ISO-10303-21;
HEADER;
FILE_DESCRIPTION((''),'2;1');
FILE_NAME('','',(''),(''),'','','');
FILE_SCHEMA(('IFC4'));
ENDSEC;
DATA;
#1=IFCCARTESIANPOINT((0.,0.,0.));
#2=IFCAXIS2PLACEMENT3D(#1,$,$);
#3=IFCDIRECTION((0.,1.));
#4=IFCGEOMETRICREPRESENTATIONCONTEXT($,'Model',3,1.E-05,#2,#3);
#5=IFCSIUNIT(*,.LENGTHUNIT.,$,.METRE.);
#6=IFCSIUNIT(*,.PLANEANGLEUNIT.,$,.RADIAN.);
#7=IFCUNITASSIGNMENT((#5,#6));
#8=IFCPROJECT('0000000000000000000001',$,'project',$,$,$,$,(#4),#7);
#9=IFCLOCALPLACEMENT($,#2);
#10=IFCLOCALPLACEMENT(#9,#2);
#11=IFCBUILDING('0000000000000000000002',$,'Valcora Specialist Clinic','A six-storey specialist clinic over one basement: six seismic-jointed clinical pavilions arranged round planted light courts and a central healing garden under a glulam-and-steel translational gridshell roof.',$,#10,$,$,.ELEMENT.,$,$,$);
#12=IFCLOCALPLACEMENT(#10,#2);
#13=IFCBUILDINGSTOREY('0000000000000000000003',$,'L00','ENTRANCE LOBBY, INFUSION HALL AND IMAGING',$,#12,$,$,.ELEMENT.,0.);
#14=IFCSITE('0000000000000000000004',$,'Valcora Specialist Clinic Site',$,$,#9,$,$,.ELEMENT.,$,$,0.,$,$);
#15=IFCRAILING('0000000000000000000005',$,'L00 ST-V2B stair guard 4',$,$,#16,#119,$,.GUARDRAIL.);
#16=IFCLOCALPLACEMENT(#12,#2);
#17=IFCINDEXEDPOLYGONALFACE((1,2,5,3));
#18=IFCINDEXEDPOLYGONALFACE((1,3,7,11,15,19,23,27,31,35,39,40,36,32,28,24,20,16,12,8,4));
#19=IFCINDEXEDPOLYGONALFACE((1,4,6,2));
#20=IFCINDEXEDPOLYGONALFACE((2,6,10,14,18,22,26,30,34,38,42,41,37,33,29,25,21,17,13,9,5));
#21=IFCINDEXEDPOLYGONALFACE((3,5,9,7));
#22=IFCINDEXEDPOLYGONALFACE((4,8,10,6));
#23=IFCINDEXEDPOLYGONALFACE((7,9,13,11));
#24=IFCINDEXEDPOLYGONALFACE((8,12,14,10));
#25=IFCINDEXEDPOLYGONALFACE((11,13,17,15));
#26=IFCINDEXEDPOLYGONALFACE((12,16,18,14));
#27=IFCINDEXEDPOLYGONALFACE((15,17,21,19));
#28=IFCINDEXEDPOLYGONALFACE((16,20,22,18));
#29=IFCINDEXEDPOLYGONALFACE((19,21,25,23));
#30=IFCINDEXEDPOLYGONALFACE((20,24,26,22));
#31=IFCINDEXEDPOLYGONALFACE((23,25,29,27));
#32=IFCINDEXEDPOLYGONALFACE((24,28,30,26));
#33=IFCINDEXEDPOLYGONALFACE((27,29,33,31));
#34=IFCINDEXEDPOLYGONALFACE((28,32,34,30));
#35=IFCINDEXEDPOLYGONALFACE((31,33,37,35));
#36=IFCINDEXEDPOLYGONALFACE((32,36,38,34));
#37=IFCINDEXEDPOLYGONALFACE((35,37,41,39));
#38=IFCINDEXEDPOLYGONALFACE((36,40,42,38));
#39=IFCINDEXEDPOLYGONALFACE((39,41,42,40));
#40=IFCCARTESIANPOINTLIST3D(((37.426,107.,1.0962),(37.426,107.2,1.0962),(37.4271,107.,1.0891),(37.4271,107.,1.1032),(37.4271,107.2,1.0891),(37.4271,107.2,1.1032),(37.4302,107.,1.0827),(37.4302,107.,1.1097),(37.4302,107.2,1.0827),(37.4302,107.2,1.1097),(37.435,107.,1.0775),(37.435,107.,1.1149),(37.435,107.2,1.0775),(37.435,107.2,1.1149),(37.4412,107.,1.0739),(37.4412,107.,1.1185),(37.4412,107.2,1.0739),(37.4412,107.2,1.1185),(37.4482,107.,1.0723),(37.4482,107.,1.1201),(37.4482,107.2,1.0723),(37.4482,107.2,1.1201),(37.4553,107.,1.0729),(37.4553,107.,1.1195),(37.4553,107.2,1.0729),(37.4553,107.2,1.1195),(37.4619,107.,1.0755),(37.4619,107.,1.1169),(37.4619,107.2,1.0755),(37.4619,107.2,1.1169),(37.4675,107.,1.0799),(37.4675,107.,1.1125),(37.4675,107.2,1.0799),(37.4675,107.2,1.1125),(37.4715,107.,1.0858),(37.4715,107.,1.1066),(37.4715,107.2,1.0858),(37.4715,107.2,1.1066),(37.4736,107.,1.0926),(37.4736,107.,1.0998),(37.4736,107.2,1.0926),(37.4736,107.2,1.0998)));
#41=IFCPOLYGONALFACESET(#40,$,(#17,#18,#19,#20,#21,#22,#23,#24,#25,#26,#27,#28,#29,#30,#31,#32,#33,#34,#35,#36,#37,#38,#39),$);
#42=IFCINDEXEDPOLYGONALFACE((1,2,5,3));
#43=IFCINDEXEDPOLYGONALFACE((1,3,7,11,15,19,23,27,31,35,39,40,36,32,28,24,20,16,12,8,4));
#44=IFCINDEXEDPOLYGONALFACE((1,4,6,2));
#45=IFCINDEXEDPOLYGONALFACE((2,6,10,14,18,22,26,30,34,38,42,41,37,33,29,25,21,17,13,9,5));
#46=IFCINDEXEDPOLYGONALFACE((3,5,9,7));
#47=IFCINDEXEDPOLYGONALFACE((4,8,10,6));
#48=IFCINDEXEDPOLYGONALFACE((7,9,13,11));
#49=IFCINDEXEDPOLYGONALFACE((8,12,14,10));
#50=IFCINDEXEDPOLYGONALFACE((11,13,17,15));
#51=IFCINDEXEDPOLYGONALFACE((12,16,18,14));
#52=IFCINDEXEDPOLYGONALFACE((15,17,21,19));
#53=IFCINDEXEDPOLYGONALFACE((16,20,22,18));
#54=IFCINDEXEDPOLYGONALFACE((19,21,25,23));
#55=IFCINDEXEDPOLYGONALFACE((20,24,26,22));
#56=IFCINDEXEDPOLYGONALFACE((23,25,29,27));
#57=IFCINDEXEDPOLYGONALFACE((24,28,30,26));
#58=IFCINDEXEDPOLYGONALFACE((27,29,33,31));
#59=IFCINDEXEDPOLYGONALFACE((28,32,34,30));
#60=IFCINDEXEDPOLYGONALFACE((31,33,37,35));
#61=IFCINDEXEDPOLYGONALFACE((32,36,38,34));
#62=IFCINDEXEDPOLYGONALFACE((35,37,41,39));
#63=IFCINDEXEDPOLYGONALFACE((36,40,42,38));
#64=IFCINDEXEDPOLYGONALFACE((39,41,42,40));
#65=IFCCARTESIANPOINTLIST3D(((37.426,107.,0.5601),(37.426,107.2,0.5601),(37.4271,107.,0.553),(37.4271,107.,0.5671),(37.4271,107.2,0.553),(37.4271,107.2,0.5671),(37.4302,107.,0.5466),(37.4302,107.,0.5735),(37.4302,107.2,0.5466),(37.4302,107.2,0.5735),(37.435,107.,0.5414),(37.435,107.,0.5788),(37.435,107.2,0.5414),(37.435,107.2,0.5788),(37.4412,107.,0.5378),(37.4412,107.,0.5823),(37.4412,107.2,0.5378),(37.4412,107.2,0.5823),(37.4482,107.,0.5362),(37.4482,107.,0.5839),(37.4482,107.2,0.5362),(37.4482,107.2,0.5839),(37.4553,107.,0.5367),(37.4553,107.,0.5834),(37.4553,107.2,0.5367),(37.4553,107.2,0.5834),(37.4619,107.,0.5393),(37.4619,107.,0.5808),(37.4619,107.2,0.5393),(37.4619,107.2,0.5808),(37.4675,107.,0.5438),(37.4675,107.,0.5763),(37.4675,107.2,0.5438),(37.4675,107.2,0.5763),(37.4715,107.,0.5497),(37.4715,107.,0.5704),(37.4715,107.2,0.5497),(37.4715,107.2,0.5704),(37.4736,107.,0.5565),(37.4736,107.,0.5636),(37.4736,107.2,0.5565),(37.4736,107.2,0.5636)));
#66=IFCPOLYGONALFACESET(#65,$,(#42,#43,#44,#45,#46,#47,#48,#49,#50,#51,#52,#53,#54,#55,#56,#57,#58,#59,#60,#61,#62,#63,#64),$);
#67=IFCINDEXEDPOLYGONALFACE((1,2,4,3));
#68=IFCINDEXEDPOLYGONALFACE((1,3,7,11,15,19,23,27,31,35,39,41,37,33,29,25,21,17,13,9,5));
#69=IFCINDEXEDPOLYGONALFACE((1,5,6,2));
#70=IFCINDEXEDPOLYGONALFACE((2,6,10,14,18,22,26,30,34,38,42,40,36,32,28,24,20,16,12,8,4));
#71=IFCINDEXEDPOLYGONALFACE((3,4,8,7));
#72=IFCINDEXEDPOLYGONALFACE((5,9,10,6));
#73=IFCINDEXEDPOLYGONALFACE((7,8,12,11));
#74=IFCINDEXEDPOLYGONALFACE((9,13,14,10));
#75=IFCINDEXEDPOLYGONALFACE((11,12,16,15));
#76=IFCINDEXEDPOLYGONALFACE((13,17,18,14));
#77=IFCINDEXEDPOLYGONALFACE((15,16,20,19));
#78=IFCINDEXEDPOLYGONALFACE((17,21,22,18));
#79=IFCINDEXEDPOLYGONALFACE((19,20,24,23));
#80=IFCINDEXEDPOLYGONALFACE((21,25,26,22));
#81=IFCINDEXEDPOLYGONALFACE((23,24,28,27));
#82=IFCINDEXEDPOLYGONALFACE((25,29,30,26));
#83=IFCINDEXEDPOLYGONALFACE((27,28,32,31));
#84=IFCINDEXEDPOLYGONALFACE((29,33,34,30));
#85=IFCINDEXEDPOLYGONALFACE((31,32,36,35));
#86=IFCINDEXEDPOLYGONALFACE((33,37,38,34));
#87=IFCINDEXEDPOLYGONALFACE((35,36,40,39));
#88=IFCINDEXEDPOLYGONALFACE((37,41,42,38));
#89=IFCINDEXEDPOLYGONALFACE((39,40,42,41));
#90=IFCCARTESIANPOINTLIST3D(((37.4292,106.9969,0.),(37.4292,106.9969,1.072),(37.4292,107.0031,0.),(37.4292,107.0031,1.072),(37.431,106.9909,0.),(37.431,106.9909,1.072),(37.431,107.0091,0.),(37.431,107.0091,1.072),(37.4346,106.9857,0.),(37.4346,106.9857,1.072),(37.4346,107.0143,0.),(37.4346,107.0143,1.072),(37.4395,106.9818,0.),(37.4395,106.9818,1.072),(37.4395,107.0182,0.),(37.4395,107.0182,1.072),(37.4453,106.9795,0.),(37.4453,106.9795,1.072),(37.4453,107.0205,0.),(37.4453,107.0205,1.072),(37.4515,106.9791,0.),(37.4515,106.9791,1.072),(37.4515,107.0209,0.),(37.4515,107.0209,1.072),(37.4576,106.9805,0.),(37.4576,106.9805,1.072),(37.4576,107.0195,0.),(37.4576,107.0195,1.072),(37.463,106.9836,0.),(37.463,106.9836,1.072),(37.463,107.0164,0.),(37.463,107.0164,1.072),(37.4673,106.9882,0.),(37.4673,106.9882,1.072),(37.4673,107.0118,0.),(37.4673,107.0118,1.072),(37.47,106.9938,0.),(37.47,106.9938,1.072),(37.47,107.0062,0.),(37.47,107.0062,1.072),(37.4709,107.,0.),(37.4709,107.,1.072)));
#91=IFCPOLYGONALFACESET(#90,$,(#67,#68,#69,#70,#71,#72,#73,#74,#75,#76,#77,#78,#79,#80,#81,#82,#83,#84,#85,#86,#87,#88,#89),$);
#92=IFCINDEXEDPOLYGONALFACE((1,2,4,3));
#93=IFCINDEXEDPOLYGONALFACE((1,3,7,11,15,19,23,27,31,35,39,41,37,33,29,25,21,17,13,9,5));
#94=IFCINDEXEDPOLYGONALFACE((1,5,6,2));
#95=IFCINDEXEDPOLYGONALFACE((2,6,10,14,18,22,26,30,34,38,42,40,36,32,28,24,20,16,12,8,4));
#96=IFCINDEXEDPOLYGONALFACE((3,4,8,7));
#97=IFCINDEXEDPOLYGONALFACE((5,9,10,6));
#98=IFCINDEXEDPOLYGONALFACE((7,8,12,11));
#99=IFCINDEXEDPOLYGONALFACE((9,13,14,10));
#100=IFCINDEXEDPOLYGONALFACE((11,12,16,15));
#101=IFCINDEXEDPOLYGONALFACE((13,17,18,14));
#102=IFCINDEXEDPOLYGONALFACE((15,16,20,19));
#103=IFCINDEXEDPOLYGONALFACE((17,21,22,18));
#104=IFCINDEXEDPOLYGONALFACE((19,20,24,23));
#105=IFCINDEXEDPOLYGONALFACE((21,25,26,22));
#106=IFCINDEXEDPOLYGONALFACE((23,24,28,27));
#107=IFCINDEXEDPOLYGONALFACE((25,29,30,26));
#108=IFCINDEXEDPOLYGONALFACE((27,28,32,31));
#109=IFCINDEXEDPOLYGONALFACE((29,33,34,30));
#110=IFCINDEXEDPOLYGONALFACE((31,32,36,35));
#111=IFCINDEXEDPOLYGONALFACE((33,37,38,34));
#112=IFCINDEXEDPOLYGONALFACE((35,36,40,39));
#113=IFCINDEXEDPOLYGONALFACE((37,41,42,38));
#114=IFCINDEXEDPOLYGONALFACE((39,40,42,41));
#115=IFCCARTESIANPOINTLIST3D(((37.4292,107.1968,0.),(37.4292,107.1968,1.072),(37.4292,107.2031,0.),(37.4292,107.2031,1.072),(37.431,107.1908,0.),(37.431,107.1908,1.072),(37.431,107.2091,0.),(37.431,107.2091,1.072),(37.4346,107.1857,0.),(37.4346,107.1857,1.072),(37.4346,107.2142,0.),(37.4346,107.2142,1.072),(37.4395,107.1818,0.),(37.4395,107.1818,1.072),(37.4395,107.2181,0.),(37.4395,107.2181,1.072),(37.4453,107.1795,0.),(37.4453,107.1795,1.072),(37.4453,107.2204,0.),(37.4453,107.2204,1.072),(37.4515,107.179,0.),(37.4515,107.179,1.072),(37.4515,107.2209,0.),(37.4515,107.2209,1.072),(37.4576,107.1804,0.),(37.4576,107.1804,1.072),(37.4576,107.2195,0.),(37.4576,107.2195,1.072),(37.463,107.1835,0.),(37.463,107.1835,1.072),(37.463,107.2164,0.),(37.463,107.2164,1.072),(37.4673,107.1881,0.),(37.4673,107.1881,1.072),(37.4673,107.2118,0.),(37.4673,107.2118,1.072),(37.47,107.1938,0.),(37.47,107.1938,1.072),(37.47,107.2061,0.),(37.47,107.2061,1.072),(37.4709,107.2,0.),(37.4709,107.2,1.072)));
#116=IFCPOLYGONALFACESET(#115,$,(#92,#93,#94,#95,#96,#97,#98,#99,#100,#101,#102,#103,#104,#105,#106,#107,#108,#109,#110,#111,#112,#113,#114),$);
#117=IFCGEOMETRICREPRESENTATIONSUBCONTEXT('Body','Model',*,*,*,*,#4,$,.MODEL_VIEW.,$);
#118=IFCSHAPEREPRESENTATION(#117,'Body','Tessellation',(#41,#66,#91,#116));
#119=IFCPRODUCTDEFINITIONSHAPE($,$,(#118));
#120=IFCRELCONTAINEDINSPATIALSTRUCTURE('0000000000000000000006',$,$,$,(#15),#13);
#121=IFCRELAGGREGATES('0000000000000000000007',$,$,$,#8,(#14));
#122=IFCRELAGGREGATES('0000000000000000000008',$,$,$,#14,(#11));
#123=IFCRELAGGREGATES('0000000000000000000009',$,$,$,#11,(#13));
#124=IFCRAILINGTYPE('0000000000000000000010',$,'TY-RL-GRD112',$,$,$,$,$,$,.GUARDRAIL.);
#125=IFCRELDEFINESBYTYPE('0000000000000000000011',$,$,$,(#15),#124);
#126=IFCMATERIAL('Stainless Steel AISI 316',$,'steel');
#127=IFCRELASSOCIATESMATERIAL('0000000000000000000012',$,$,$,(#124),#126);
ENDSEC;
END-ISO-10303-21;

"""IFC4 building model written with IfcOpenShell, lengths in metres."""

from ifc_helpers import new_model, si_unit, direction, frame, origin, origin_2d, place, context, subcontext, project, spatial, circle, extrude, material, type_object, element, save


model = new_model("IFC4")

# Units and contexts
model_context = context("Model", 3, precision=1e-05, world=origin(), true_north=direction((0.0, 1.0)))
body_context = subcontext(model_context, "Body", "Model", "MODEL_VIEW")
ifc_project = project(units=[si_unit("LENGTHUNIT", "METRE"), si_unit("PLANEANGLEUNIT", "RADIAN")], contexts=[model_context])

# Site, building, storey
site_placement = place(None, origin())
site = spatial("IfcSite", under=ifc_project, at=site_placement, Name="Valcora Specialist Clinic Site", CompositionType="ELEMENT", RefElevation=0.0)
building_placement = place(site_placement, origin())
building = spatial("IfcBuilding", under=site, at=building_placement, Name="Valcora Specialist Clinic", Description="A six-storey specialist clinic over one basement: six seismic-jointed clinical pavilions arranged round planted light courts and a central healing garden under a glulam-and-steel translational gridshell roof.", CompositionType="ELEMENT")
storey_placement = place(building_placement, origin())
storey = spatial("IfcBuildingStorey", under=building, at=storey_placement, Name="L00", Description="ENTRANCE LOBBY, INFUSION HALL AND IMAGING", CompositionType="ELEMENT", Elevation=0.0)

# Railing
ifc_material_1 = material(Name="Stainless Steel AISI 316", Category="steel")
railing_type_1 = type_object("IfcRailingType", Name="TY-RL-GRD112", PredefinedType="GUARDRAIL", material=ifc_material_1)
railing_1_placement = place(storey_placement, frame((37.45, 107.0, 0.0)))
element("IfcRailing", 1, at=railing_1_placement, inside=storey, type_object=railing_type_1, Name="L00 ST-V2B stair guard 4", PredefinedType="GUARDRAIL", context=body_context, shape_type="SweptSolid", body=[
    extrude(circle(Radius=0.0239, at=origin_2d()), frame((0.0, 0.0, 1.0962), z_axis=(0.0, 1.0, 0.0), x_axis=(-1.0, 0.0, 0.0)), (0.0, 0.0, 1.0), 0.2),
    extrude(circle(Radius=0.0239, at=origin_2d()), frame((0.0, 0.0, 0.5601), z_axis=(0.0, 1.0, 0.0), x_axis=(-1.0, 0.0, 0.0)), (0.0, 0.0, 1.0), 0.2),
    extrude(circle(Radius=0.021, at=origin_2d()), origin(), (0.0, 0.0, 1.0), 1.072),
    extrude(circle(Radius=0.021, at=origin_2d()), frame((0.0, 0.2, 0.0)), (0.0, 0.0, 1.0), 1.072),
])

save(model, "model.ifc")
